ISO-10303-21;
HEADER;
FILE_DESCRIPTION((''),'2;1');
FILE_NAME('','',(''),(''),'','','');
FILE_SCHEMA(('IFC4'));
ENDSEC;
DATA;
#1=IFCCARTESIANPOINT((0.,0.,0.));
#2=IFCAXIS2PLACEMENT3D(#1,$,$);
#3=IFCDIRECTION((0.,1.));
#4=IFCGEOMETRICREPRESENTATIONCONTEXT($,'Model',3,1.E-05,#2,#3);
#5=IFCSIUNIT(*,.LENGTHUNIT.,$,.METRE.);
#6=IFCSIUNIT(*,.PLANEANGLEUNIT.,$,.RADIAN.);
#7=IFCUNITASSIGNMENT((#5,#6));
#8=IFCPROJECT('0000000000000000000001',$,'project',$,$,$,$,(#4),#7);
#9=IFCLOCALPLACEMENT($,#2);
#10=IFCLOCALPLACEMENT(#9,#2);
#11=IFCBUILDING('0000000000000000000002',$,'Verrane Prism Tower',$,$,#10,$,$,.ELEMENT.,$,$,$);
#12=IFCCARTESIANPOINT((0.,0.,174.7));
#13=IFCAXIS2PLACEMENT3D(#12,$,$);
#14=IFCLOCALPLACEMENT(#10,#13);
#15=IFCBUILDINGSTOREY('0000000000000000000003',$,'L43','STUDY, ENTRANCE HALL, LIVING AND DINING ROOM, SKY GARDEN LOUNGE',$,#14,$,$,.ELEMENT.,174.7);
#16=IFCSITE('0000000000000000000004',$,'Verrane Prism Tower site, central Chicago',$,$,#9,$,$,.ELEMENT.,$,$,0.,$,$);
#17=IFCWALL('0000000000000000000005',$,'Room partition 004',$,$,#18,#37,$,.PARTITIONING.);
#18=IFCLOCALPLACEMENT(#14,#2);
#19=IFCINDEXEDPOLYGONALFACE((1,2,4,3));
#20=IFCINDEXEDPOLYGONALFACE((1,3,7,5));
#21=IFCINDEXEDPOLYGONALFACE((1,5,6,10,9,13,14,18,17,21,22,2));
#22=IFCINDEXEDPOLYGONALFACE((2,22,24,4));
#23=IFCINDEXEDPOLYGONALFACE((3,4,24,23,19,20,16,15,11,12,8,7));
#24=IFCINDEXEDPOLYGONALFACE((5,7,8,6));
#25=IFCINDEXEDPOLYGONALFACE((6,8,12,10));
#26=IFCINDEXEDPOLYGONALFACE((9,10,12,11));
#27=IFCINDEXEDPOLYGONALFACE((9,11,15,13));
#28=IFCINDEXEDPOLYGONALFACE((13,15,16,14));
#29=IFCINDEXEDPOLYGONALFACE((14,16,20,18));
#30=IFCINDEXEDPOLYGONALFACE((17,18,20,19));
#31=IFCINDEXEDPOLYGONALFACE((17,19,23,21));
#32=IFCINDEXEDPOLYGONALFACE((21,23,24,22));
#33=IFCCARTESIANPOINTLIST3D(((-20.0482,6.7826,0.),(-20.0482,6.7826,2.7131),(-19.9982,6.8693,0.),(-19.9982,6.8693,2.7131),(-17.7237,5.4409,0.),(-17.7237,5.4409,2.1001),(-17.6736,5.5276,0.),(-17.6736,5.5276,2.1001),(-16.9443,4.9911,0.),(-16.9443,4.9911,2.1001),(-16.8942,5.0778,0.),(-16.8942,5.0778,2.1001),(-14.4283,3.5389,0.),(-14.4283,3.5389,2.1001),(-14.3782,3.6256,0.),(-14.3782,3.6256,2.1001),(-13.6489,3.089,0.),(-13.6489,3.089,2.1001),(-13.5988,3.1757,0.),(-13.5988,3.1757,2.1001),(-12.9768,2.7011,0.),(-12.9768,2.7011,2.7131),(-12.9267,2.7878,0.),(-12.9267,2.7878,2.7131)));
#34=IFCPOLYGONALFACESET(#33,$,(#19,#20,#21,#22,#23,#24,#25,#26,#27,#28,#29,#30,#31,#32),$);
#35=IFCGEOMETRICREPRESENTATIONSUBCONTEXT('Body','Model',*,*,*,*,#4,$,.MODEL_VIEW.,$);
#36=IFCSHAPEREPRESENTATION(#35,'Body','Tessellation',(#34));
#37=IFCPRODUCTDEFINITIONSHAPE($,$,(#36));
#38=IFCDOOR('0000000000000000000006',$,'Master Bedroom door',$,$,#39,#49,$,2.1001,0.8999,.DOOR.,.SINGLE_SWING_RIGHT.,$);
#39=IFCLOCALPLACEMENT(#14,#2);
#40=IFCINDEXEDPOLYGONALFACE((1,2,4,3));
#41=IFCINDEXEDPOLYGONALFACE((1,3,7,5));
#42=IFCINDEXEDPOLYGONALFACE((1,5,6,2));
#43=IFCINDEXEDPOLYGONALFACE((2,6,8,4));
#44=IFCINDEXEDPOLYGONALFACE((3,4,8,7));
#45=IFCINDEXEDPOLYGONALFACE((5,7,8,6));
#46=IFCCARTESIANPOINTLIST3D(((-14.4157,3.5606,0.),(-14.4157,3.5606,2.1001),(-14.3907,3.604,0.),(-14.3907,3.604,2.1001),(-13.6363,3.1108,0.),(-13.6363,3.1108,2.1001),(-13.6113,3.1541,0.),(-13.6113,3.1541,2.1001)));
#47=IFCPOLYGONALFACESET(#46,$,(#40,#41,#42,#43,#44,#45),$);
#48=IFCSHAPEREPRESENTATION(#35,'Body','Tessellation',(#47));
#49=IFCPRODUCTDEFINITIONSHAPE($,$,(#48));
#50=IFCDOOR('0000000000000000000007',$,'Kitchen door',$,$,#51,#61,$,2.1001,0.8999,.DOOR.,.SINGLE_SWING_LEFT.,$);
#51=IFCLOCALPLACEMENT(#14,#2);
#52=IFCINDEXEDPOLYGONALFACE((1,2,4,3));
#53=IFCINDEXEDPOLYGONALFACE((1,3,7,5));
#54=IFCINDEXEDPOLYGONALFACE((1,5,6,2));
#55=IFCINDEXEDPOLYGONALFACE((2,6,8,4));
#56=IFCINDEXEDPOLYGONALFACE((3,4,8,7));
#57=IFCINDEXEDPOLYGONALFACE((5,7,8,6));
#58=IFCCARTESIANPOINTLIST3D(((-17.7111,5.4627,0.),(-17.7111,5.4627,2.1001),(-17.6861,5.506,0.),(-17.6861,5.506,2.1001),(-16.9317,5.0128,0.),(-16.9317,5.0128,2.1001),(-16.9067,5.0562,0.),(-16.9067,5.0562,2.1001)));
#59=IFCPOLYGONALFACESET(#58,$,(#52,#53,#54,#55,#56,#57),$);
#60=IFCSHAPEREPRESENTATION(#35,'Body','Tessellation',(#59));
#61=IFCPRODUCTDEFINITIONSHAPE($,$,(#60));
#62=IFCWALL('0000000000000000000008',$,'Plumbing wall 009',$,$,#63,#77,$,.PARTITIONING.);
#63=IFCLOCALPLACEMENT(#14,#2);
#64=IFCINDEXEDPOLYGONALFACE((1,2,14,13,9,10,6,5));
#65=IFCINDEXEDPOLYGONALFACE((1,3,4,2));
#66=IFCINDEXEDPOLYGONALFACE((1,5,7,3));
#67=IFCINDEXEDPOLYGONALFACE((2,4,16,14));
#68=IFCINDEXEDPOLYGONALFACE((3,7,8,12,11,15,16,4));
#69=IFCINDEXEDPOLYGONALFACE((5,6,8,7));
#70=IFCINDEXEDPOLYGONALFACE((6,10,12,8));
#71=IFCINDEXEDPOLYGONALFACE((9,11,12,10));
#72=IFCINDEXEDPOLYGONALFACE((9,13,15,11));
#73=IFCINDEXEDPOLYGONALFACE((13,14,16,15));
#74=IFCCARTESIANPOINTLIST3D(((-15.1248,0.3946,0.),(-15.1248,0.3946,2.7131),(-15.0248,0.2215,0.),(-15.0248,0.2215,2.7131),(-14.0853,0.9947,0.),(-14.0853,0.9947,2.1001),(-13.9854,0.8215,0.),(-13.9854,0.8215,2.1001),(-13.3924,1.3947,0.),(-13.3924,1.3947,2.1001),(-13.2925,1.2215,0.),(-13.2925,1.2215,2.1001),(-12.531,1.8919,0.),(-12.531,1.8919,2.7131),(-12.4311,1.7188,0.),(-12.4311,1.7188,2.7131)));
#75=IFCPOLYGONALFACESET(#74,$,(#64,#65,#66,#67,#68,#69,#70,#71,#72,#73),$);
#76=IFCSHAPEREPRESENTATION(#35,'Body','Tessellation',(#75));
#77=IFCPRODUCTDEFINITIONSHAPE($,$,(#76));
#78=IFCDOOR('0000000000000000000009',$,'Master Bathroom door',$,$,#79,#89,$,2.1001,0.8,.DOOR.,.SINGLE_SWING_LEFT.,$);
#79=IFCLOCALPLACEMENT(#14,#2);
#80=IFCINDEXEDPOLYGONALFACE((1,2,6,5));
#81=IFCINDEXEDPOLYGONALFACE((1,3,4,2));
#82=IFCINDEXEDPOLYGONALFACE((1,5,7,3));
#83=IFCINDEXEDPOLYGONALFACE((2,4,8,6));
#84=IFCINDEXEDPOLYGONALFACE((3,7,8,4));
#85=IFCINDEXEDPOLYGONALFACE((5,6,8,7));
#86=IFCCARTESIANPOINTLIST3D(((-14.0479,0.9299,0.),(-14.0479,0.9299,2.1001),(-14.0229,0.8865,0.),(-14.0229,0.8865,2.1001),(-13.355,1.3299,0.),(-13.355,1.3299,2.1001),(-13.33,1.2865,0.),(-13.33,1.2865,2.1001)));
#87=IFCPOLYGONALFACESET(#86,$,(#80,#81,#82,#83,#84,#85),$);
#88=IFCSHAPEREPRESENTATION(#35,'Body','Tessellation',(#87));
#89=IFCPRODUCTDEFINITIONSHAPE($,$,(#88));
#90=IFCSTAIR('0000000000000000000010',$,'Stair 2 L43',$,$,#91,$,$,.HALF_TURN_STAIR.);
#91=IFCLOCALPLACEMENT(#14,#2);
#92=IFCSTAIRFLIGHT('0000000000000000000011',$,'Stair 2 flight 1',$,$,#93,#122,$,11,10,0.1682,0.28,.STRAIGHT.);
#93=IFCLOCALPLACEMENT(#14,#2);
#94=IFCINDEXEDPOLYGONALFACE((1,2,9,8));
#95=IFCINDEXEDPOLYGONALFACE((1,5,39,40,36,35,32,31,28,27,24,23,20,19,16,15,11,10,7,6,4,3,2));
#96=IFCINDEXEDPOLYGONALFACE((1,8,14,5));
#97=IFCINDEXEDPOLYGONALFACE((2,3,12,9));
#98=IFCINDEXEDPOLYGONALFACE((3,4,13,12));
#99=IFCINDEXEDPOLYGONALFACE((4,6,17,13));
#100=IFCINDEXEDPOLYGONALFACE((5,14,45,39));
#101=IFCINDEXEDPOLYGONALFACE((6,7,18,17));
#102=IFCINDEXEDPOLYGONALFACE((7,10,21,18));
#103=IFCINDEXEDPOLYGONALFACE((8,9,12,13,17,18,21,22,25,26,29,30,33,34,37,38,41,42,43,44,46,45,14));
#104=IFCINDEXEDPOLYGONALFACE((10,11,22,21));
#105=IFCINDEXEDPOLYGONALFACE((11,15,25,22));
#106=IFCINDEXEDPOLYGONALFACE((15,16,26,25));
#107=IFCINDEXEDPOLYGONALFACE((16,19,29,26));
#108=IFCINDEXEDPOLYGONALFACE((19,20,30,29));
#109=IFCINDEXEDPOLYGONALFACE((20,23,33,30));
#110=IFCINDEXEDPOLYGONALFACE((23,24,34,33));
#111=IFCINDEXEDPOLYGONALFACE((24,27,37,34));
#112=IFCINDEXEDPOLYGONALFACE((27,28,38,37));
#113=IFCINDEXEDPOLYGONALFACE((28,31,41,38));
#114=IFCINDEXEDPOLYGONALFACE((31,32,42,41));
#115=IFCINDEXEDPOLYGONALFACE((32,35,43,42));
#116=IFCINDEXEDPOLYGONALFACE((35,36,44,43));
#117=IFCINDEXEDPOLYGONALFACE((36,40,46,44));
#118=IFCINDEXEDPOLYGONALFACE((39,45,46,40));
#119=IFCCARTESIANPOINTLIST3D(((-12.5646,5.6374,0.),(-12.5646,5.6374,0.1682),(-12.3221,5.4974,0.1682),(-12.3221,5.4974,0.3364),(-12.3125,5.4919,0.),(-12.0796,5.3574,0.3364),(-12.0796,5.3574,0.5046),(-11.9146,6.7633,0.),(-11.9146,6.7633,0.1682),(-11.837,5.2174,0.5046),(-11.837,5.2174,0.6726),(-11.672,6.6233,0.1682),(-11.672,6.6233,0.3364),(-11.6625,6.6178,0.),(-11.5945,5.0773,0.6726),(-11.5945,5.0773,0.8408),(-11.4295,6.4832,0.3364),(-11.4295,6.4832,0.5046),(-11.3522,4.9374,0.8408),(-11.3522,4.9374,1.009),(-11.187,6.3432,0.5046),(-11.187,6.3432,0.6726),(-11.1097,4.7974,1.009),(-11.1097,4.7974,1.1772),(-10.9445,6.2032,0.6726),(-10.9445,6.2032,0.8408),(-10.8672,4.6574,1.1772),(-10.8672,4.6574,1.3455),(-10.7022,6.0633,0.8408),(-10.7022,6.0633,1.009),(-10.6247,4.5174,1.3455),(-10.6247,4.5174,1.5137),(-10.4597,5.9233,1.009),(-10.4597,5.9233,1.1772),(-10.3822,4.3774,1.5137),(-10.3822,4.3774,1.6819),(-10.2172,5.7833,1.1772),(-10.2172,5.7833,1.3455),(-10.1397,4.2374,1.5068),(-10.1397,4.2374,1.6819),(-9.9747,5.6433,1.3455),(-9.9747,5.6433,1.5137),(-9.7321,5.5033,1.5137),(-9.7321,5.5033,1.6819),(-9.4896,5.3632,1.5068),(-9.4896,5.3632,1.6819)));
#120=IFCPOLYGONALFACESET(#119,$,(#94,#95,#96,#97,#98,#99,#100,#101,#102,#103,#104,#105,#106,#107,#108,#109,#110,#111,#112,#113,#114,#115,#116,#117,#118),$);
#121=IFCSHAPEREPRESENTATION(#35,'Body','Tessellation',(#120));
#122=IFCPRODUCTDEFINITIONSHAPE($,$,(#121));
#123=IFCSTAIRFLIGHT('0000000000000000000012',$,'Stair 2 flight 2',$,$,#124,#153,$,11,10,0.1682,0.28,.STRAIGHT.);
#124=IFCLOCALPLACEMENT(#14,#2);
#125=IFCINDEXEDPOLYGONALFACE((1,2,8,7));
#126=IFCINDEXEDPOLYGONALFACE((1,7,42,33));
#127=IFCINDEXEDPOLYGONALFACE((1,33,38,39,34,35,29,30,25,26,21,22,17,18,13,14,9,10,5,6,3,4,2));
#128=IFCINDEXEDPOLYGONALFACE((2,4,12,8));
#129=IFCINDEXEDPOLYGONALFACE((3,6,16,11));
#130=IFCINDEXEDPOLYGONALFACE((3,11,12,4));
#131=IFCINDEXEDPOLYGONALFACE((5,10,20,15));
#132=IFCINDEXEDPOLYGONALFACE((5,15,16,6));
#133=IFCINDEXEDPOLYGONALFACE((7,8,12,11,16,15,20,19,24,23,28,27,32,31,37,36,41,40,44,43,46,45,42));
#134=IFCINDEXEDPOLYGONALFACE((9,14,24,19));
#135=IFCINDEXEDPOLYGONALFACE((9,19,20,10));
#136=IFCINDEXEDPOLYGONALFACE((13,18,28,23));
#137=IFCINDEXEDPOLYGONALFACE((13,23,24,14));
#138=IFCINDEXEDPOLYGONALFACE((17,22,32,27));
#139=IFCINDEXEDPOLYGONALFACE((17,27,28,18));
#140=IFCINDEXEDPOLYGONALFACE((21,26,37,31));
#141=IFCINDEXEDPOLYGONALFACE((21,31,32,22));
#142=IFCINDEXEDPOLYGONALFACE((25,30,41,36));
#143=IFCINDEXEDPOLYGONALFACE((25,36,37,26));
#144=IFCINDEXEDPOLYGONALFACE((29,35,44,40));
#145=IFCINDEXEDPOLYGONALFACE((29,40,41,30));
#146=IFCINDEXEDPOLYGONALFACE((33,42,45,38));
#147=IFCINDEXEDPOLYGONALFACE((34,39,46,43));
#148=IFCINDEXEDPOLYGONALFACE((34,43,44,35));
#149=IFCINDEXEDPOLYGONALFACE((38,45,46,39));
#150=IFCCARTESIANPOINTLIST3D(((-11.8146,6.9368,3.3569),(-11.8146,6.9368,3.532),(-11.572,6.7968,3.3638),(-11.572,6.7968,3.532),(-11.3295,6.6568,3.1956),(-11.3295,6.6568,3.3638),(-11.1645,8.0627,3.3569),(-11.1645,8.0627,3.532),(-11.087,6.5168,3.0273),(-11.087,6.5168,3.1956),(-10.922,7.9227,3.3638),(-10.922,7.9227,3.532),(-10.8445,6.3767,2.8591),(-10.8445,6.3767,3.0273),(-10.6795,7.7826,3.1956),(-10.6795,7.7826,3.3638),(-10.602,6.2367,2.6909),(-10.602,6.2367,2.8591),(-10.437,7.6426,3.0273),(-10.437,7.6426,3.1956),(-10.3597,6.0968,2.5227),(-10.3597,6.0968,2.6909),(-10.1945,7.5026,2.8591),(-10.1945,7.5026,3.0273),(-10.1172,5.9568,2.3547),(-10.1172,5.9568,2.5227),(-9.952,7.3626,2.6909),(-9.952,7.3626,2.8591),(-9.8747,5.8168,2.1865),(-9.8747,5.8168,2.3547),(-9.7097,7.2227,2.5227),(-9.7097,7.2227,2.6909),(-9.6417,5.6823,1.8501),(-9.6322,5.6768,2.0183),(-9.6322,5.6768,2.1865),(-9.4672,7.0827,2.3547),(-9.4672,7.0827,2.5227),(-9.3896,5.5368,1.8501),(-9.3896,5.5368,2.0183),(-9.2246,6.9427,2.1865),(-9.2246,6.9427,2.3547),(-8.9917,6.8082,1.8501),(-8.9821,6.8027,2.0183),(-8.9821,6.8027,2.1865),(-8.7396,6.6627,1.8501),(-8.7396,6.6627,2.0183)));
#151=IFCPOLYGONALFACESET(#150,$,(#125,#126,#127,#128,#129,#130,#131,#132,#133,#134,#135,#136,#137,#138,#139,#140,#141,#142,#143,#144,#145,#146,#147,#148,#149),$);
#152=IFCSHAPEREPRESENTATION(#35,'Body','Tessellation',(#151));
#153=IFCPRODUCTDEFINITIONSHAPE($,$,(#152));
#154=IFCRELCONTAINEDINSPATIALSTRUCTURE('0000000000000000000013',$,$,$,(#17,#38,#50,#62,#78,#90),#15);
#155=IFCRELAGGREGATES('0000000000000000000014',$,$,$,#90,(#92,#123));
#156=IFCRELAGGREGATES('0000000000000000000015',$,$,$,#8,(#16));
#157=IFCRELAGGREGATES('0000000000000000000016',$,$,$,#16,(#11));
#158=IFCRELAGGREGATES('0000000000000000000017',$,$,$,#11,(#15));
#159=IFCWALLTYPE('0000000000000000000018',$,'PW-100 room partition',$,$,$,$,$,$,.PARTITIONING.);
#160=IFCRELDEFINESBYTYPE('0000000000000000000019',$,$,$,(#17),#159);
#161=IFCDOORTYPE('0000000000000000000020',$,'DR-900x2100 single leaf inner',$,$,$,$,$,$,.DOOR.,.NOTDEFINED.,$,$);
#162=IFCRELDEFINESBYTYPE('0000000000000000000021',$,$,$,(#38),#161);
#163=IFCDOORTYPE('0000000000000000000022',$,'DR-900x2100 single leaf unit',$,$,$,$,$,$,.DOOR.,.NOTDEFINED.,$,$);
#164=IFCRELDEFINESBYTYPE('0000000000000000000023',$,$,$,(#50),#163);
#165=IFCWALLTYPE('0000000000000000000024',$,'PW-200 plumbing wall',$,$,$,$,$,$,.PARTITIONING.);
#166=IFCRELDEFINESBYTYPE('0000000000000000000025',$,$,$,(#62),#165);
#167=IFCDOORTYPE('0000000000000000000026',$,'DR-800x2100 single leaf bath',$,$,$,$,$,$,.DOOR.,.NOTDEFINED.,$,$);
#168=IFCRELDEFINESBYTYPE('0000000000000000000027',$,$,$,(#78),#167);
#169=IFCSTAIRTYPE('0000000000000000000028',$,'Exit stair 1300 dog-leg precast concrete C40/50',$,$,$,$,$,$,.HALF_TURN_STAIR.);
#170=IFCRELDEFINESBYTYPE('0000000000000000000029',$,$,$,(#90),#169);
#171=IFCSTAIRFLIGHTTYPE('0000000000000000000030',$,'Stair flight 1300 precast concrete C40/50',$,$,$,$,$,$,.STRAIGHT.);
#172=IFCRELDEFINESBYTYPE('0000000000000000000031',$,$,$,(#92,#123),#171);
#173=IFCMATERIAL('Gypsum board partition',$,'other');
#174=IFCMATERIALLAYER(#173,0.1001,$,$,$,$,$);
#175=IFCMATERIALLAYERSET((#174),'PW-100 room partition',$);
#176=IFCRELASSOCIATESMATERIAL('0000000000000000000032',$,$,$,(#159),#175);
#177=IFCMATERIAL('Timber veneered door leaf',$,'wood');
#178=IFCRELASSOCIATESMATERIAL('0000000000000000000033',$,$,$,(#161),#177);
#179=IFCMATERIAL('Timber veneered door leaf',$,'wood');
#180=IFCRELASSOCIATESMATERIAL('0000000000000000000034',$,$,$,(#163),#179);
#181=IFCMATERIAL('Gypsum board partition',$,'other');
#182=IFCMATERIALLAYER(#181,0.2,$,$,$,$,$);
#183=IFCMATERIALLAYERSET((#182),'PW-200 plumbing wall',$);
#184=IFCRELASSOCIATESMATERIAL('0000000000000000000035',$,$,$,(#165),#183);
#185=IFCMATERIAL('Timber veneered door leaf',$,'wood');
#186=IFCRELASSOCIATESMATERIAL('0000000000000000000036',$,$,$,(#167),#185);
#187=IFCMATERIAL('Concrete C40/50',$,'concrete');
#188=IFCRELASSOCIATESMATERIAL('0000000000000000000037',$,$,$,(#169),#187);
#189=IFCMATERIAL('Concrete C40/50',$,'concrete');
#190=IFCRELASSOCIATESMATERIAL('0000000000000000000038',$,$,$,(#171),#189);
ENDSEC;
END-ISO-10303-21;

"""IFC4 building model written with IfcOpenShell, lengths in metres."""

from ifc_helpers import new_model, si_unit, direction, frame, frame_2d, origin, place, context, subcontext, project, spatial, polyline, rectangle, outline, extrude, material, layer, layer_set, type_object, element, fill, aggregate, save


model = new_model("IFC4")

# Units and contexts
model_context = context("Model", 3, precision=1e-05, world=origin(), true_north=direction((0.0, 1.0)))
body_context = subcontext(model_context, "Body", "Model", "MODEL_VIEW")
ifc_project = project(units=[si_unit("LENGTHUNIT", "METRE"), si_unit("PLANEANGLEUNIT", "RADIAN")], contexts=[model_context])

# Site, building, storey
site_placement = place(None, origin())
site = spatial("IfcSite", under=ifc_project, at=site_placement, Name="Verrane Prism Tower site, central Chicago", CompositionType="ELEMENT", RefElevation=0.0)
building_placement = place(site_placement, origin())
building = spatial("IfcBuilding", under=site, at=building_placement, Name="Verrane Prism Tower", CompositionType="ELEMENT")
storey_placement = place(building_placement, frame((0.0, 0.0, 174.7)))
storey = spatial("IfcBuildingStorey", under=building, at=storey_placement, Name="L43", Description="STUDY, ENTRANCE HALL, LIVING AND DINING ROOM, SKY GARDEN LOUNGE", CompositionType="ELEMENT", Elevation=174.7)

# Wall, openings, doors
ifc_material_1 = material(Name="Gypsum board partition", Category="other")
ifc_layer_1 = layer(ifc_material_1, 0.1001)
ifc_layer_set_1 = layer_set([ifc_layer_1], Name="PW-100 room partition")
wall_type_1 = type_object("IfcWallType", Name="PW-100 room partition", PredefinedType="PARTITIONING", material=ifc_layer_set_1)
wall_1_placement = place(storey_placement, frame((-12.9517, 2.7444, 0.0), z_axis=(0.0, 0.0, 1.0), x_axis=(-0.866089, 0.499889, 0.0)))
wall_1 = element("IfcWall", 1, at=wall_1_placement, inside=storey, type_object=wall_type_1, Name="Room partition 004", PredefinedType="PARTITIONING", context=body_context, shape_type="SweptSolid", body=[
    extrude(rectangle(XDim=8.1648, YDim=0.1001, at=frame_2d((4.0825, 0.0))), origin(), (0.0, 0.0, 1.0), 2.7131),
])
opening_1_placement = place(wall_1_placement, frame((4.5811, 0.0, 0.0)))
opening_1 = element("IfcOpeningElement", 2, at=opening_1_placement, cuts=wall_1, PredefinedType="OPENING", context=body_context, shape_type="SweptSolid", body=[
    extrude(rectangle(XDim=0.8999, YDim=2.1001, at=frame_2d((0.45, 1.05))), frame((0.0, 0.0601, 0.0), z_axis=(0.0, -1.0, 0.0), x_axis=(1.0, 0.0, 0.0)), (0.0, 0.0, 1.0), 0.1201),
])
opening_2_placement = place(wall_1_placement, frame((0.7761, 0.0, 0.0)))
opening_2 = element("IfcOpeningElement", 3, at=opening_2_placement, cuts=wall_1, PredefinedType="OPENING", context=body_context, shape_type="SweptSolid", body=[
    extrude(rectangle(XDim=0.8999, YDim=2.1001, at=frame_2d((0.45, 1.05))), frame((0.0, 0.0601, 0.0), z_axis=(0.0, -1.0, 0.0), x_axis=(1.0, 0.0, 0.0)), (0.0, 0.0, 1.0), 0.1201),
])
ifc_material_2 = material(Name="Timber veneered door leaf", Category="wood")
door_type_1 = type_object("IfcDoorType", Name="DR-900x2100 single leaf inner", OperationType="NOTDEFINED", PredefinedType="DOOR", material=ifc_material_2)
door_1_placement = place(opening_2_placement, origin())
door_1 = element("IfcDoor", 4, at=door_1_placement, inside=storey, type_object=door_type_1, Name="Master Bedroom door", OperationType="SINGLE_SWING_RIGHT", OverallHeight=2.1001, OverallWidth=0.8999, PredefinedType="DOOR", context=body_context, shape_type="SweptSolid", body=[
    extrude(rectangle(XDim=0.8999, YDim=2.1001, at=frame_2d((0.45, 1.05))), frame((0.0, 0.0249, 0.0), z_axis=(0.0, -1.0, 0.0), x_axis=(1.0, 0.0, 0.0)), (0.0, 0.0, 1.0), 0.05),
])
fill(opening_2, door_1)
ifc_material_3 = material(Name="Timber veneered door leaf", Category="wood")
door_type_2 = type_object("IfcDoorType", Name="DR-900x2100 single leaf unit", OperationType="NOTDEFINED", PredefinedType="DOOR", material=ifc_material_3)
door_2_placement = place(opening_1_placement, origin())
door_2 = element("IfcDoor", 5, at=door_2_placement, inside=storey, type_object=door_type_2, Name="Kitchen door", OperationType="SINGLE_SWING_LEFT", OverallHeight=2.1001, OverallWidth=0.8999, PredefinedType="DOOR", context=body_context, shape_type="SweptSolid", body=[
    extrude(rectangle(XDim=0.8999, YDim=2.1001, at=frame_2d((0.45, 1.05))), frame((0.0, 0.0249, 0.0), z_axis=(0.0, -1.0, 0.0), x_axis=(1.0, 0.0, 0.0)), (0.0, 0.0, 1.0), 0.05),
])
fill(opening_1, door_2)

# Wall, opening, door
ifc_material_4 = material(Name="Gypsum board partition", Category="other")
ifc_layer_2 = layer(ifc_material_4, 0.2)
ifc_layer_set_2 = layer_set([ifc_layer_2], Name="PW-200 plumbing wall")
wall_type_2 = type_object("IfcWallType", Name="PW-200 plumbing wall", PredefinedType="PARTITIONING", material=ifc_layer_set_2)
wall_2_placement = place(storey_placement, frame((-12.481, 1.8054, 0.0), z_axis=(0.0, 0.0, 1.0), x_axis=(-0.866053, -0.499953, 0.0)))
wall_2 = element("IfcWall", 6, at=wall_2_placement, inside=storey, type_object=wall_type_2, Name="Plumbing wall 009", PredefinedType="PARTITIONING", context=body_context, shape_type="SweptSolid", body=[
    extrude(rectangle(XDim=2.9949, YDim=0.2, at=frame_2d((1.4976, 0.0))), origin(), (0.0, 0.0, 1.0), 2.7131),
])
opening_3_placement = place(wall_2_placement, frame((0.9949, 0.0, 0.0)))
opening_3 = element("IfcOpeningElement", 7, at=opening_3_placement, cuts=wall_2, PredefinedType="OPENING", context=body_context, shape_type="SweptSolid", body=[
    extrude(rectangle(XDim=0.8, YDim=2.1001, at=frame_2d((0.3999, 1.05))), frame((0.0, 0.1099, 0.0), z_axis=(0.0, -1.0, 0.0), x_axis=(1.0, 0.0, 0.0)), (0.0, 0.0, 1.0), 0.22),
])
ifc_material_5 = material(Name="Timber veneered door leaf", Category="wood")
door_type_3 = type_object("IfcDoorType", Name="DR-800x2100 single leaf bath", OperationType="NOTDEFINED", PredefinedType="DOOR", material=ifc_material_5)
door_3_placement = place(opening_3_placement, origin())
door_3 = element("IfcDoor", 8, at=door_3_placement, inside=storey, type_object=door_type_3, Name="Master Bathroom door", OperationType="SINGLE_SWING_LEFT", OverallHeight=2.1001, OverallWidth=0.8, PredefinedType="DOOR", context=body_context, shape_type="SweptSolid", body=[
    extrude(rectangle(XDim=0.8, YDim=2.1001, at=frame_2d((0.3999, 1.05))), frame((0.0, 0.0249, 0.0), z_axis=(0.0, -1.0, 0.0), x_axis=(1.0, 0.0, 0.0)), (0.0, 0.0, 1.0), 0.05),
])
fill(opening_3, door_3)

# Stair, stair flights
ifc_material_6 = material(Name="Concrete C40/50", Category="concrete")
stair_type = type_object("IfcStairType", Name="Exit stair 1300 dog-leg precast concrete C40/50", PredefinedType="HALF_TURN_STAIR", material=ifc_material_6)
stair_placement = place(storey_placement, origin())
stair = element("IfcStair", 9, at=stair_placement, inside=storey, type_object=stair_type, Name="Stair 2 L43", PredefinedType="HALF_TURN_STAIR")
ifc_material_7 = material(Name="Concrete C40/50", Category="concrete")
stair_flight_type = type_object("IfcStairFlightType", Name="Stair flight 1300 precast concrete C40/50", PredefinedType="STRAIGHT", material=ifc_material_7)
stair_flight_1_placement = place(storey_placement, frame((-12.2395, 6.2004, 0.0), z_axis=(0.0, 0.0, 1.0), x_axis=(0.866025, -0.5, 0.0)))
stair_flight_1 = element("IfcStairFlight", 10, at=stair_flight_1_placement, type_object=stair_flight_type, Name="Stair 2 flight 1", NumberOfRisers=11, NumberOfTreads=10, PredefinedType="STRAIGHT", RiserHeight=0.1682, TreadLength=0.28, context=body_context, shape_type="SweptSolid", body=[
    extrude(outline(polyline([(0.0, 0.0), (0.0, 0.1682), (0.28, 0.1682), (0.28, 0.3364), (0.5601, 0.3364), (0.5601, 0.5046), (0.8401, 0.5046), (0.8401, 0.6726), (1.1201, 0.6726), (1.1201, 0.8408), (1.3999, 0.8408), (1.3999, 1.009), (1.6799, 1.009), (1.6799, 1.1772), (1.96, 1.1772), (1.96, 1.3455), (2.24, 1.3455), (2.24, 1.5137), (2.52, 1.5137), (2.52, 1.6819), (2.8, 1.6819), (2.8, 1.8501), (2.8, 1.5068), (0.291, 0.0), (0.0, 0.0)])), frame((0.0, 0.6499, 0.0), z_axis=(0.0, -1.0, 0.0), x_axis=(1.0, 0.0, 0.0)), (0.0, 0.0, 1.0), 1.3),
])
stair_flight_2_placement = place(storey_placement, frame((-9.0647, 6.0996, 1.8501), z_axis=(0.0, 0.0, 1.0), x_axis=(-0.866025, 0.5, 0.0)))
stair_flight_2 = element("IfcStairFlight", 11, at=stair_flight_2_placement, type_object=stair_flight_type, Name="Stair 2 flight 2", NumberOfRisers=11, NumberOfTreads=10, PredefinedType="STRAIGHT", RiserHeight=0.1682, TreadLength=0.28, context=body_context, shape_type="SweptSolid", body=[
    extrude(outline(polyline([(0.0, 0.0), (0.0, 0.1682), (0.28, 0.1682), (0.28, 0.3364), (0.5601, 0.3364), (0.5601, 0.5046), (0.8401, 0.5046), (0.8401, 0.6726), (1.1201, 0.6726), (1.1201, 0.8408), (1.3999, 0.8408), (1.3999, 1.009), (1.6799, 1.009), (1.6799, 1.1772), (1.96, 1.1772), (1.96, 1.3455), (2.24, 1.3455), (2.24, 1.5137), (2.52, 1.5137), (2.52, 1.6819), (2.8, 1.6819), (2.8, 1.8501), (2.8, 1.5068), (0.291, 0.0), (0.0, 0.0)])), frame((0.0, 0.6499, 0.0), z_axis=(0.0, -1.0, 0.0), x_axis=(1.0, 0.0, 0.0)), (0.0, 0.0, 1.0), 1.3),
])
aggregate(stair, [stair_flight_1, stair_flight_2])

save(model, "model.ifc")
